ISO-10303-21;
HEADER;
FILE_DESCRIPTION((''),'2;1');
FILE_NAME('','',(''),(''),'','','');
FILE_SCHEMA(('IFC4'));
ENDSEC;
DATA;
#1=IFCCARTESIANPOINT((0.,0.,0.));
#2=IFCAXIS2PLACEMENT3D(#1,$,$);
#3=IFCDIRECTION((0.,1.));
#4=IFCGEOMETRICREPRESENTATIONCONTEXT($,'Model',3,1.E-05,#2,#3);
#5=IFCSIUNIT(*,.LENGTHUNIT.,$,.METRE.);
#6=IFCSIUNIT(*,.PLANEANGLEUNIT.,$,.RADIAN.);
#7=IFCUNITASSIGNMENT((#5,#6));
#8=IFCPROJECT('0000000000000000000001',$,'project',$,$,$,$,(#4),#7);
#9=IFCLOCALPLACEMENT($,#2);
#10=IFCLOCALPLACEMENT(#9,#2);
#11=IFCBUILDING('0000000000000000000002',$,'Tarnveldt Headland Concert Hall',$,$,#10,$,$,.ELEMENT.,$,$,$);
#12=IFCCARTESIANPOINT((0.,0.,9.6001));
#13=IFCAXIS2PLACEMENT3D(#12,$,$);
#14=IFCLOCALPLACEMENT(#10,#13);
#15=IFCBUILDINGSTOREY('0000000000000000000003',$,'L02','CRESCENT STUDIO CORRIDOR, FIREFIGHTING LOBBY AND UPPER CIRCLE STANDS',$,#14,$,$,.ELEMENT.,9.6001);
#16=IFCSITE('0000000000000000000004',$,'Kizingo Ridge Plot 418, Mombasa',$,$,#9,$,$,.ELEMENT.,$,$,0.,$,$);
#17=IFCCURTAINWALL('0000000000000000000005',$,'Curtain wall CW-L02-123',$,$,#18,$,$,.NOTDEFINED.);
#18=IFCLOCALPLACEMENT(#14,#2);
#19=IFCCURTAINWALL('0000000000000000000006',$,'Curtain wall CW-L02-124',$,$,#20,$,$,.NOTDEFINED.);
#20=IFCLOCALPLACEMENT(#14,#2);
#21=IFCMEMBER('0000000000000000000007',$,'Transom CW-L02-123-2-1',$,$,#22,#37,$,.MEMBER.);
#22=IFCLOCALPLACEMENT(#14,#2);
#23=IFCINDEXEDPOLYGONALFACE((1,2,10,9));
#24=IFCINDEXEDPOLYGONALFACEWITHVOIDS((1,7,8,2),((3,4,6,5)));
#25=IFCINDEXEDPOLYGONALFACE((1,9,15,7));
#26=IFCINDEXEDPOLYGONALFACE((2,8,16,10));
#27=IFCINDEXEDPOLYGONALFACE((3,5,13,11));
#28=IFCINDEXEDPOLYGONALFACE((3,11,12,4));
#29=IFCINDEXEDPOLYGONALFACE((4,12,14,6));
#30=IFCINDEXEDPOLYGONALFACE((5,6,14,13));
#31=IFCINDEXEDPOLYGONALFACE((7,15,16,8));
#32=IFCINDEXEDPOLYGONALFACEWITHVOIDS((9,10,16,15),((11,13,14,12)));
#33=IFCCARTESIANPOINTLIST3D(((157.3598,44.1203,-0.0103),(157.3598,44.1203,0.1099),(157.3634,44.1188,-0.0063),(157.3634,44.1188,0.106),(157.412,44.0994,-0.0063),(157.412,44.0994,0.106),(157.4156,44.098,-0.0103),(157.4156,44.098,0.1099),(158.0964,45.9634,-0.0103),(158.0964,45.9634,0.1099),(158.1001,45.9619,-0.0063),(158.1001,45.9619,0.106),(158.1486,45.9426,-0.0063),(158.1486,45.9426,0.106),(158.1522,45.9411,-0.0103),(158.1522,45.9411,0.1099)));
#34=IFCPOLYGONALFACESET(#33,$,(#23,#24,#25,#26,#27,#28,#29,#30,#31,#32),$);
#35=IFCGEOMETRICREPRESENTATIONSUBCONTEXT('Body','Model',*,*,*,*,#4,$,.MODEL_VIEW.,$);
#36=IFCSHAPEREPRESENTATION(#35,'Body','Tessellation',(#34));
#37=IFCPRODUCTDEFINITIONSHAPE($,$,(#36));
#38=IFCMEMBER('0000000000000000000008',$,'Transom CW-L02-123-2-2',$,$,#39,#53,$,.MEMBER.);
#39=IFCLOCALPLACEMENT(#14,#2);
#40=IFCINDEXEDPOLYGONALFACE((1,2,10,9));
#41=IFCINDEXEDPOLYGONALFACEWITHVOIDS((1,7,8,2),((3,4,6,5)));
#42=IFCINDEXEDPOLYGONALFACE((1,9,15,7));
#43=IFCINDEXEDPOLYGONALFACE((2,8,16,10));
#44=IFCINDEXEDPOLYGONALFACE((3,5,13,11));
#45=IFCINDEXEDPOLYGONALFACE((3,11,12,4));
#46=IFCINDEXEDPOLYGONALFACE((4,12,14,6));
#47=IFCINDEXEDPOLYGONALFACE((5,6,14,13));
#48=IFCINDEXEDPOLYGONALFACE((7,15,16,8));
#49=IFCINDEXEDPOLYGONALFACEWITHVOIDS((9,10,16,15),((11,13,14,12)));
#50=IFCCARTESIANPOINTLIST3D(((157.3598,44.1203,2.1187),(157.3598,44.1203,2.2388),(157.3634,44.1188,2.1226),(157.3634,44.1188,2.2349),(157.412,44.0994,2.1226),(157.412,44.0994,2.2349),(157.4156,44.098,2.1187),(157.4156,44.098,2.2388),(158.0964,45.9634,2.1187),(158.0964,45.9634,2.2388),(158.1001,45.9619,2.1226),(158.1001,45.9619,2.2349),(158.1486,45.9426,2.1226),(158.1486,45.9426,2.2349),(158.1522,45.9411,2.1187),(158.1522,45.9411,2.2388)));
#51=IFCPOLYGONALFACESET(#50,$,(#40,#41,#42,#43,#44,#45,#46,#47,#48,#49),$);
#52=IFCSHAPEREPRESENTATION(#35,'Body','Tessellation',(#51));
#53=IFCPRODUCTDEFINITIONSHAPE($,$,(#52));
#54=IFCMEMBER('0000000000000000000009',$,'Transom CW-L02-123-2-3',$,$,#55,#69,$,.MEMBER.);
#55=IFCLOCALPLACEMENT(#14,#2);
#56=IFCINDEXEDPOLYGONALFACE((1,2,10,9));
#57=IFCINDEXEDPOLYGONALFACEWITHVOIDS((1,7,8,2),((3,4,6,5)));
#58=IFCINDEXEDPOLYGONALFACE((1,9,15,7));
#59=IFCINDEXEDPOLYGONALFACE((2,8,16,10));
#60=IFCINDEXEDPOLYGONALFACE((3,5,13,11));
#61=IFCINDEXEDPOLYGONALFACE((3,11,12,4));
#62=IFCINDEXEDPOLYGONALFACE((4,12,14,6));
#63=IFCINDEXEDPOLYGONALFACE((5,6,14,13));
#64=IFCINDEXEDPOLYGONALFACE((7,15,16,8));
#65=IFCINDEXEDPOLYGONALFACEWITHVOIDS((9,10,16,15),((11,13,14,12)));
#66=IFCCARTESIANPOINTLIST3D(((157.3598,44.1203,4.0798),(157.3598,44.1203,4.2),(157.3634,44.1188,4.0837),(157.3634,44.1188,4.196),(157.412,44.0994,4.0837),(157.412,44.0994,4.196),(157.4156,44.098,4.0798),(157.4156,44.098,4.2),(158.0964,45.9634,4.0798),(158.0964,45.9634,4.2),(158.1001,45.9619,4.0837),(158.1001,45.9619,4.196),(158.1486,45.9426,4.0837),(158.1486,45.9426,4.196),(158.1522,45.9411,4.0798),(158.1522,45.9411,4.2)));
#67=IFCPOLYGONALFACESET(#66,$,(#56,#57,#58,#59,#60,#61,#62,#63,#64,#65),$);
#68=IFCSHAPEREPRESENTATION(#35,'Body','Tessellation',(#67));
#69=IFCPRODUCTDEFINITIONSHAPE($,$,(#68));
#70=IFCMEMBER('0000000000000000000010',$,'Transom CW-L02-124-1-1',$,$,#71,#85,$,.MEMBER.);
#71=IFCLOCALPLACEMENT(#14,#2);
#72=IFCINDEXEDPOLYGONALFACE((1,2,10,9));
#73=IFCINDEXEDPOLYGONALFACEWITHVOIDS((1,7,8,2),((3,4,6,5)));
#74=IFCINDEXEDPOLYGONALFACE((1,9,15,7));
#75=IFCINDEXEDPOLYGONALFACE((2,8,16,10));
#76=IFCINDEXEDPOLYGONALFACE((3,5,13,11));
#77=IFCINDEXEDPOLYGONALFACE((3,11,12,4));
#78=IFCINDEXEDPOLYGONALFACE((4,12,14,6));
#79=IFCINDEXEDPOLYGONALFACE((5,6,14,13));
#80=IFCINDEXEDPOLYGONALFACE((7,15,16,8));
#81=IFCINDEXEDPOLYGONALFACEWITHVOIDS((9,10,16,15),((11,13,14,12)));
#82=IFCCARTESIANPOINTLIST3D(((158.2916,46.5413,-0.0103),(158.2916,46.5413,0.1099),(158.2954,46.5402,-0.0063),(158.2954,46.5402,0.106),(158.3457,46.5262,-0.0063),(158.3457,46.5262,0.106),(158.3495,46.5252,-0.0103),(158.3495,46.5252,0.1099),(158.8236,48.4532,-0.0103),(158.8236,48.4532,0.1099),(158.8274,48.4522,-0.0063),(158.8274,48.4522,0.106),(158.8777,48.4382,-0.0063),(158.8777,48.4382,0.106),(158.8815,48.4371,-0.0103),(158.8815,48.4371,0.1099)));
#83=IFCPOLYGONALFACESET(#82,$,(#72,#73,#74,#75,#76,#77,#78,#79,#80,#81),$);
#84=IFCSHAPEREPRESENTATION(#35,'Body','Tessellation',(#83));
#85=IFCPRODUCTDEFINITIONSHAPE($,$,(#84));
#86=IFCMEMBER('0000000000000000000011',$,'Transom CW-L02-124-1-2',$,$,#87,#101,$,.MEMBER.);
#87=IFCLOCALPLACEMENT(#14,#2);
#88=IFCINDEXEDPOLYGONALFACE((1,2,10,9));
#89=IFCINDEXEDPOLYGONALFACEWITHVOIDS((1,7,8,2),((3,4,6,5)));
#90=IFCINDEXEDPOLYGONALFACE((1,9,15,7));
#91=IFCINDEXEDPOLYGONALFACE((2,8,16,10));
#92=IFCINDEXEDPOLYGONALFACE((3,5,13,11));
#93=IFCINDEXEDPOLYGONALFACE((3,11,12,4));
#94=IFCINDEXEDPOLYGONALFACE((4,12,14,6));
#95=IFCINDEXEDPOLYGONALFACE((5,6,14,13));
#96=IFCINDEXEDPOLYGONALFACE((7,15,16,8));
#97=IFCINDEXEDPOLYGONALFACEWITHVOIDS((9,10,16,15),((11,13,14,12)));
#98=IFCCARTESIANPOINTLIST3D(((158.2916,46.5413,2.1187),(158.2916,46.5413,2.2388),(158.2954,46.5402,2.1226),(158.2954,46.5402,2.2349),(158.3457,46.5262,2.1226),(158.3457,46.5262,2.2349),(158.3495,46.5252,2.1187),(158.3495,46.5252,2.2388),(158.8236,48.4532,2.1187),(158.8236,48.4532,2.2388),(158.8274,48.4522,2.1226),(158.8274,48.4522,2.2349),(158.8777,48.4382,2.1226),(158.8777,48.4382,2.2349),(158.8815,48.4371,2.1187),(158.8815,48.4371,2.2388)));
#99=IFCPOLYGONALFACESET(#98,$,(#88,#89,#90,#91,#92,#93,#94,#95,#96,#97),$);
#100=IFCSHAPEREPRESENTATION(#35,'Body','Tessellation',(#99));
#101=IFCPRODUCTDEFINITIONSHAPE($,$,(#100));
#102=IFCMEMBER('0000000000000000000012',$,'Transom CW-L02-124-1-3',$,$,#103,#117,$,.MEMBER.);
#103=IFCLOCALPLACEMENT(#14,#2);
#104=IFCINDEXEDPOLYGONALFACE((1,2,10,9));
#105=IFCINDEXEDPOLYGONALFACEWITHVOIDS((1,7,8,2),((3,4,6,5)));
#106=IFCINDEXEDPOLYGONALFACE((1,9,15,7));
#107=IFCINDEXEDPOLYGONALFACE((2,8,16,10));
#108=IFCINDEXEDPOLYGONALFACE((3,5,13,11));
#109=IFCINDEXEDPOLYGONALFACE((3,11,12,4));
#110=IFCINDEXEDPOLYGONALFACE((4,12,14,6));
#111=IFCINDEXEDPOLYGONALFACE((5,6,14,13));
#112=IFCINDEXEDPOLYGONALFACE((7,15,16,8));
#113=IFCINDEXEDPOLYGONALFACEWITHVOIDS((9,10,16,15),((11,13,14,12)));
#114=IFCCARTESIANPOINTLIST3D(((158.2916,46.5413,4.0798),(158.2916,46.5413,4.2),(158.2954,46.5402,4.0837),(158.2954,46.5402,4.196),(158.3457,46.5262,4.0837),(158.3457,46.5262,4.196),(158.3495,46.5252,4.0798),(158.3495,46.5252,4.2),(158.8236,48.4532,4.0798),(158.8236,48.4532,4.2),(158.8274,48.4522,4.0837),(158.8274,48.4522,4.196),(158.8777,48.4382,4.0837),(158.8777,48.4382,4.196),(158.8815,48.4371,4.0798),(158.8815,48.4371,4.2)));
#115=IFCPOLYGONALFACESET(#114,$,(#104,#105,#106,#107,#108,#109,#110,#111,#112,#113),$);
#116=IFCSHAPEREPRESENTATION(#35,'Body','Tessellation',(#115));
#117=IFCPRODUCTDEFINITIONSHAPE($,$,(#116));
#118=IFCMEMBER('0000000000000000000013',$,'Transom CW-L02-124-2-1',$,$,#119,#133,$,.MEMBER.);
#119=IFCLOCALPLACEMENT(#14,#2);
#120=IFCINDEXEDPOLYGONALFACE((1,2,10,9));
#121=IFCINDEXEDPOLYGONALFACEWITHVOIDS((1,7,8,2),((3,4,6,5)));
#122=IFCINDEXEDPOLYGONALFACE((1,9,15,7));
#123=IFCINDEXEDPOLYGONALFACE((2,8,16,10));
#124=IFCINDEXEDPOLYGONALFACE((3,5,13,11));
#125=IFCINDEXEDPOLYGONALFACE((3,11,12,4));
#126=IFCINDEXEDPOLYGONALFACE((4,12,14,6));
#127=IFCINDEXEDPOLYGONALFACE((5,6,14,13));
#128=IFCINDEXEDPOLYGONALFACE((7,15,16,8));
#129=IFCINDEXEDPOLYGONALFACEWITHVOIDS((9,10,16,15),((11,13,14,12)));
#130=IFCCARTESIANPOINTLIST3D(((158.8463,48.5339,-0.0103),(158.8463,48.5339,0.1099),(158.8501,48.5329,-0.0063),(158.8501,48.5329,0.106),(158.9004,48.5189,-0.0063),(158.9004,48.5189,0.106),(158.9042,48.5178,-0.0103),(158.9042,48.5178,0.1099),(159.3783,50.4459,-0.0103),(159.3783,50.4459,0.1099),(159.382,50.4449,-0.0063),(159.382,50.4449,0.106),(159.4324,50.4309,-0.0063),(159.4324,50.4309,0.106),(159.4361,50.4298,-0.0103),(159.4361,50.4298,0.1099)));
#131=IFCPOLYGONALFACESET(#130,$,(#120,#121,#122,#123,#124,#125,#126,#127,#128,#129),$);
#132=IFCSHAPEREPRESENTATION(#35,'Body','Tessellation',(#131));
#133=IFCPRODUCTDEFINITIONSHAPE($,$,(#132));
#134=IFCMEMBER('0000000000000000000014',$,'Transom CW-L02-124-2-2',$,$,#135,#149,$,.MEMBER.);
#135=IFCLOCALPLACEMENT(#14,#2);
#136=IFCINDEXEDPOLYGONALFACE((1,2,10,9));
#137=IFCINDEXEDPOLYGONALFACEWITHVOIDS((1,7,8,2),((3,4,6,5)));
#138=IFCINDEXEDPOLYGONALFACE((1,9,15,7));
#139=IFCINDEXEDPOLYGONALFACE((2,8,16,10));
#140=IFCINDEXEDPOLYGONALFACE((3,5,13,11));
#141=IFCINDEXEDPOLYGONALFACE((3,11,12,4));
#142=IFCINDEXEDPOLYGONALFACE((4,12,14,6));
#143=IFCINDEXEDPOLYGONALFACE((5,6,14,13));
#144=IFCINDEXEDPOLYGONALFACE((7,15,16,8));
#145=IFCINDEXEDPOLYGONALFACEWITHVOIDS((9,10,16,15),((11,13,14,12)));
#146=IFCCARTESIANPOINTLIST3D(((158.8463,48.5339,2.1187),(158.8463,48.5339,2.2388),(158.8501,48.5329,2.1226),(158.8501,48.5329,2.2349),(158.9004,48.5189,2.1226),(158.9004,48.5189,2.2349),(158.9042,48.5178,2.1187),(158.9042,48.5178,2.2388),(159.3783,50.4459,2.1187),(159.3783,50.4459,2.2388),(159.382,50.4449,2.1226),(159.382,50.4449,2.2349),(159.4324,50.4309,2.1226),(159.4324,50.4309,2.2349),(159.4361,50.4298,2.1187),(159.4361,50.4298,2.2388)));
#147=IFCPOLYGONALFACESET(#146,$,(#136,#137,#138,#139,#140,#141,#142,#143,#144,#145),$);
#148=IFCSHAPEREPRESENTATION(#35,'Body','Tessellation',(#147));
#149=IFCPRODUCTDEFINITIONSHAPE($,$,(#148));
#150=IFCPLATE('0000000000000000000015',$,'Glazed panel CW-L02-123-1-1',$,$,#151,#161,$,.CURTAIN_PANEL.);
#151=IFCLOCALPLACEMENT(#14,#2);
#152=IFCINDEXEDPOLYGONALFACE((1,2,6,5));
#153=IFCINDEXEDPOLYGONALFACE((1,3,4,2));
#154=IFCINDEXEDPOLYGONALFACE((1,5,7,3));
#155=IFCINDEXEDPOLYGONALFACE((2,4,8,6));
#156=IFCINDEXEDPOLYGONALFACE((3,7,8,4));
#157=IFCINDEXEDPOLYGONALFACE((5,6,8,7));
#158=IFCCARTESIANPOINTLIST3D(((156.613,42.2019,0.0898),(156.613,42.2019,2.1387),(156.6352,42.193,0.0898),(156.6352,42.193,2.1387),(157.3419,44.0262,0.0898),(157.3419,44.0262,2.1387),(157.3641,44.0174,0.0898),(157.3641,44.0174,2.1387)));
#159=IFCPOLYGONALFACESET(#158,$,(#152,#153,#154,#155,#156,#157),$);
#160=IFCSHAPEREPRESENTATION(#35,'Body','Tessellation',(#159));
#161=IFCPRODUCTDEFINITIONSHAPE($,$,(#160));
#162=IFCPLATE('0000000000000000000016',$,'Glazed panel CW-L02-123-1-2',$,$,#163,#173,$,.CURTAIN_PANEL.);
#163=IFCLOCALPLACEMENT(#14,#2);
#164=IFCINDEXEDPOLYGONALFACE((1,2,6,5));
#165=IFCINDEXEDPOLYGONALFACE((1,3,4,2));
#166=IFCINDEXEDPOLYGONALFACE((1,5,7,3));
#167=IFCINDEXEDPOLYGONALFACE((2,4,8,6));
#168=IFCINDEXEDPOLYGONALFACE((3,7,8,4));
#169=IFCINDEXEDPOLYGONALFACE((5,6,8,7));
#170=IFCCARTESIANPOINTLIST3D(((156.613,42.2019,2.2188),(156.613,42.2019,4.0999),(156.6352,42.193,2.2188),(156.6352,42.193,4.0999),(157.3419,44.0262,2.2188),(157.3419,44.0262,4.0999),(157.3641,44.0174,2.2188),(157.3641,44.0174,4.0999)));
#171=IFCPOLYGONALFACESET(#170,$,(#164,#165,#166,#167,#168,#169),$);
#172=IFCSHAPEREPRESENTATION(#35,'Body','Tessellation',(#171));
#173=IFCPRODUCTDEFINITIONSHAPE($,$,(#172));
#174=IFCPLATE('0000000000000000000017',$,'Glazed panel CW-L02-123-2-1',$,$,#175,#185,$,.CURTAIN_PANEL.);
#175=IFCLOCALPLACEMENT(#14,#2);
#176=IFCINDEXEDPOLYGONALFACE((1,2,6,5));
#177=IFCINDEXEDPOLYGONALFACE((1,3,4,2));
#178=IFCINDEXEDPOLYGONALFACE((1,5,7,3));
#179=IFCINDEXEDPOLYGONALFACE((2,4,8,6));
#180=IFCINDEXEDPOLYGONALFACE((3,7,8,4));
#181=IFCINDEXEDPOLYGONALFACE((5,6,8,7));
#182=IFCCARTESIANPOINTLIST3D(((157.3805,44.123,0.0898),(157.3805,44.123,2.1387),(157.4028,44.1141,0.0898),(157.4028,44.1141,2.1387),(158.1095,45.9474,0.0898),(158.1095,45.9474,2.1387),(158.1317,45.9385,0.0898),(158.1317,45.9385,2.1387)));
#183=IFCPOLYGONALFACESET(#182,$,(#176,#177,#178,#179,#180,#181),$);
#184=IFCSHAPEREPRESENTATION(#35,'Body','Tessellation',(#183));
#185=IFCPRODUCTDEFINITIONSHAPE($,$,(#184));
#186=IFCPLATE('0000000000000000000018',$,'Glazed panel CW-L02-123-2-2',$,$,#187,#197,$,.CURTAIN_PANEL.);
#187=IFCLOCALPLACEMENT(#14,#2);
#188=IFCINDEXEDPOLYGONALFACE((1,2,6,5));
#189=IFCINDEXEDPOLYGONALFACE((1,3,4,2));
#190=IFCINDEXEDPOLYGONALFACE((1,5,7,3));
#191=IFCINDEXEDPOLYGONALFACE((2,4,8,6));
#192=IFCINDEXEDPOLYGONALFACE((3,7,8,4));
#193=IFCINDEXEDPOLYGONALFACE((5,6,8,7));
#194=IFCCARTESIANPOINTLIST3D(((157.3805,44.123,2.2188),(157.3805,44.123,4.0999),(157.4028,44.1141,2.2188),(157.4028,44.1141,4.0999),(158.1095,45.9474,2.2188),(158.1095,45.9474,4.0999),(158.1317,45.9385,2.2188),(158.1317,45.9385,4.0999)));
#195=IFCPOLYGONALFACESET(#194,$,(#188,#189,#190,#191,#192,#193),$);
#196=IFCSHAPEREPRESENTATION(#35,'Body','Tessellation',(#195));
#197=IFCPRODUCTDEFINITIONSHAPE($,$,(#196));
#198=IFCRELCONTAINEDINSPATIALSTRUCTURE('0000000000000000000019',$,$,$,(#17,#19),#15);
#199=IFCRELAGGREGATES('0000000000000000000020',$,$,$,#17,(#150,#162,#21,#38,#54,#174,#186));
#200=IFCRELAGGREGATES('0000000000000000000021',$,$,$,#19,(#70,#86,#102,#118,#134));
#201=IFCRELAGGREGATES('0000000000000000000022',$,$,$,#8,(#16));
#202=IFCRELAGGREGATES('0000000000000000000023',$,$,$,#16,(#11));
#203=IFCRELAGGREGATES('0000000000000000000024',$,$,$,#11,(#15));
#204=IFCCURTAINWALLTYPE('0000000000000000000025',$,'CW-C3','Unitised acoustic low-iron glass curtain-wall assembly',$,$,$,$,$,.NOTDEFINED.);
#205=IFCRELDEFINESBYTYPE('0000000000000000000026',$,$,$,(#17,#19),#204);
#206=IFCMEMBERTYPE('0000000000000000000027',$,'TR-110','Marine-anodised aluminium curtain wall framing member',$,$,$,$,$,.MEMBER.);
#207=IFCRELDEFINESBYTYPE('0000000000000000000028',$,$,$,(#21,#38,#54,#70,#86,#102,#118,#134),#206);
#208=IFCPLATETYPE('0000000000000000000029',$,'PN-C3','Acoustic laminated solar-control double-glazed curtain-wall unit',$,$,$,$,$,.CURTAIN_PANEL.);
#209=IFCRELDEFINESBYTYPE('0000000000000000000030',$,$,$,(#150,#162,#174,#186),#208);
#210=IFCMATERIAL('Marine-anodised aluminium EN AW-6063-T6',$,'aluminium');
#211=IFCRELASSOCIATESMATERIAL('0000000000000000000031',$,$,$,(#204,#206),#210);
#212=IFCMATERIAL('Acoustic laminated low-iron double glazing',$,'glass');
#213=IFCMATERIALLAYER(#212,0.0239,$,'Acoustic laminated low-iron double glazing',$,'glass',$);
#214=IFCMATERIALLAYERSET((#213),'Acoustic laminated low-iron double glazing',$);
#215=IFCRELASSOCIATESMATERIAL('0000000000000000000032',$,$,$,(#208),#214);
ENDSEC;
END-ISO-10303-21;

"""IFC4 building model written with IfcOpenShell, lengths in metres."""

from ifc_helpers import new_model, si_unit, direction, frame, origin, origin_2d, place, context, subcontext, project, spatial, rectangle, hollow_rectangle, extrude, material, layer, layer_set, material_profile, profile_set, type_object, element, aggregate, save


model = new_model("IFC4")

# Units and contexts
model_context = context("Model", 3, precision=1e-05, world=origin(), true_north=direction((0.0, 1.0)))
body_context = subcontext(model_context, "Body", "Model", "MODEL_VIEW")
ifc_project = project(units=[si_unit("LENGTHUNIT", "METRE"), si_unit("PLANEANGLEUNIT", "RADIAN")], contexts=[model_context])

# Site, building, storey
site_placement = place(None, origin())
site = spatial("IfcSite", under=ifc_project, at=site_placement, Name="Kizingo Ridge Plot 418, Mombasa", CompositionType="ELEMENT", RefElevation=0.0)
building_placement = place(site_placement, origin())
building = spatial("IfcBuilding", under=site, at=building_placement, Name="Tarnveldt Headland Concert Hall", CompositionType="ELEMENT")
storey_placement = place(building_placement, frame((0.0, 0.0, 9.6001)))
storey = spatial("IfcBuildingStorey", under=building, at=storey_placement, Name="L02", Description="CRESCENT STUDIO CORRIDOR, FIREFIGHTING LOBBY AND UPPER CIRCLE STANDS", CompositionType="ELEMENT", Elevation=9.6001)

# Curtain walls
ifc_material_1 = material(Name="Marine-anodised aluminium EN AW-6063-T6", Category="aluminium")
curtain_wall_type = type_object("IfcCurtainWallType", Name="CW-C3", Description="Unitised acoustic low-iron glass curtain-wall assembly", PredefinedType="NOTDEFINED", material=ifc_material_1)
curtain_wall_1_placement = place(storey_placement, origin())
curtain_wall_1 = element("IfcCurtainWall", 1, at=curtain_wall_1_placement, inside=storey, type_object=curtain_wall_type, Name="Curtain wall CW-L02-123", PredefinedType="NOTDEFINED")
curtain_wall_2_placement = place(storey_placement, origin())
curtain_wall_2 = element("IfcCurtainWall", 2, at=curtain_wall_2_placement, inside=storey, type_object=curtain_wall_type, Name="Curtain wall CW-L02-124", PredefinedType="NOTDEFINED")

# Members
ifc_material_profile_1 = material_profile(ifc_material_1, hollow_rectangle(XDim=0.0601, YDim=0.1201, WallThickness=0.0039, at=origin_2d()), Name="ALU TRANSOM 60x120x4", Category="aluminium")
ifc_profile_set_1 = profile_set([ifc_material_profile_1], Name="Marine-anodised aluminium EN AW-6063-T6")
member_type_1 = type_object("IfcMemberType", Name="TR-110", Description="Marine-anodised aluminium curtain wall framing member", PredefinedType="MEMBER", material=ifc_profile_set_1)
member_1_placement = place(storey_placement, frame((157.3877, 44.1091, 0.0498), z_axis=(0.371115, 0.928587, 0.0), x_axis=(-0.928587, 0.371115, 0.0)))
member_1 = element("IfcMember", 3, at=member_1_placement, type_object=member_type_1, Name="Transom CW-L02-123-2-1", PredefinedType="MEMBER", context=body_context, shape_type="SweptSolid", body=[
    extrude(hollow_rectangle(XDim=0.0601, YDim=0.1201, WallThickness=0.0039, at=origin_2d()), origin(), (0.0, 0.0, 1.0), 1.9849),
])
member_2_placement = place(storey_placement, frame((157.3877, 44.1091, 2.1787), z_axis=(0.371115, 0.928587, 0.0), x_axis=(-0.928587, 0.371115, 0.0)))
member_2 = element("IfcMember", 4, at=member_2_placement, type_object=member_type_1, Name="Transom CW-L02-123-2-2", PredefinedType="MEMBER", context=body_context, shape_type="SweptSolid", body=[
    extrude(hollow_rectangle(XDim=0.0601, YDim=0.1201, WallThickness=0.0039, at=origin_2d()), origin(), (0.0, 0.0, 1.0), 1.9849),
])
member_3_placement = place(storey_placement, frame((157.3877, 44.1091, 4.1399), z_axis=(0.371115, 0.928587, 0.0), x_axis=(-0.928587, 0.371115, 0.0)))
member_3 = element("IfcMember", 5, at=member_3_placement, type_object=member_type_1, Name="Transom CW-L02-123-2-3", PredefinedType="MEMBER", context=body_context, shape_type="SweptSolid", body=[
    extrude(hollow_rectangle(XDim=0.0601, YDim=0.1201, WallThickness=0.0039, at=origin_2d()), origin(), (0.0, 0.0, 1.0), 1.9849),
])
member_4_placement = place(storey_placement, frame((158.3206, 46.5332, 0.0498), z_axis=(0.268069, 0.9634, 0.0), x_axis=(-0.9634, 0.268069, 0.0)))
member_4 = element("IfcMember", 6, at=member_4_placement, type_object=member_type_1, Name="Transom CW-L02-124-1-1", PredefinedType="MEMBER", context=body_context, shape_type="SweptSolid", body=[
    extrude(hollow_rectangle(XDim=0.0601, YDim=0.1201, WallThickness=0.0039, at=origin_2d()), origin(), (0.0, 0.0, 1.0), 1.9846),
])
member_5_placement = place(storey_placement, frame((158.3206, 46.5332, 2.1787), z_axis=(0.268069, 0.9634, 0.0), x_axis=(-0.9634, 0.268069, 0.0)))
member_5 = element("IfcMember", 7, at=member_5_placement, type_object=member_type_1, Name="Transom CW-L02-124-1-2", PredefinedType="MEMBER", context=body_context, shape_type="SweptSolid", body=[
    extrude(hollow_rectangle(XDim=0.0601, YDim=0.1201, WallThickness=0.0039, at=origin_2d()), origin(), (0.0, 0.0, 1.0), 1.9846),
])
member_6_placement = place(storey_placement, frame((158.3206, 46.5332, 4.1399), z_axis=(0.268069, 0.9634, 0.0), x_axis=(-0.9634, 0.268069, 0.0)))
member_6 = element("IfcMember", 8, at=member_6_placement, type_object=member_type_1, Name="Transom CW-L02-124-1-3", PredefinedType="MEMBER", context=body_context, shape_type="SweptSolid", body=[
    extrude(hollow_rectangle(XDim=0.0601, YDim=0.1201, WallThickness=0.0039, at=origin_2d()), origin(), (0.0, 0.0, 1.0), 1.9846),
])
member_7_placement = place(storey_placement, frame((158.8752, 48.5259, 0.0498), z_axis=(0.268037, 0.963409, 0.0), x_axis=(-0.963409, 0.268037, 0.0)))
member_7 = element("IfcMember", 9, at=member_7_placement, type_object=member_type_1, Name="Transom CW-L02-124-2-1", PredefinedType="MEMBER", context=body_context, shape_type="SweptSolid", body=[
    extrude(hollow_rectangle(XDim=0.0601, YDim=0.1201, WallThickness=0.0039, at=origin_2d()), origin(), (0.0, 0.0, 1.0), 1.9846),
])
member_8_placement = place(storey_placement, frame((158.8752, 48.5259, 2.1787), z_axis=(0.268037, 0.963409, 0.0), x_axis=(-0.963409, 0.268037, 0.0)))
member_8 = element("IfcMember", 10, at=member_8_placement, type_object=member_type_1, Name="Transom CW-L02-124-2-2", PredefinedType="MEMBER", context=body_context, shape_type="SweptSolid", body=[
    extrude(hollow_rectangle(XDim=0.0601, YDim=0.1201, WallThickness=0.0039, at=origin_2d()), origin(), (0.0, 0.0, 1.0), 1.9846),
])

# Plates
ifc_material_2 = material(Name="Acoustic laminated low-iron double glazing", Category="glass")
ifc_layer_1 = layer(ifc_material_2, 0.0239, Name="Acoustic laminated low-iron double glazing", Category="glass")
ifc_layer_set_1 = layer_set([ifc_layer_1], Name="Acoustic laminated low-iron double glazing")
plate_type = type_object("IfcPlateType", Name="PN-C3", Description="Acoustic laminated solar-control double-glazed curtain-wall unit", PredefinedType="CURTAIN_PANEL", material=ifc_layer_set_1)
plate_1_placement = place(storey_placement, frame((156.9885, 43.1096, 0.0898), z_axis=(0.0, 0.0, 1.0), x_axis=(0.371028, 0.928622, 0.0)))
plate_1 = element("IfcPlate", 11, at=plate_1_placement, type_object=plate_type, Name="Glazed panel CW-L02-123-1-1", PredefinedType="CURTAIN_PANEL", context=body_context, shape_type="SweptSolid", body=[
    extrude(rectangle(XDim=1.9646, YDim=0.0239, at=origin_2d()), origin(), (0.0, 0.0, 1.0), 2.0488),
])
plate_2_placement = place(storey_placement, frame((156.9885, 43.1096, 2.2188), z_axis=(0.0, 0.0, 1.0), x_axis=(0.371028, 0.928622, 0.0)))
plate_2 = element("IfcPlate", 12, at=plate_2_placement, type_object=plate_type, Name="Glazed panel CW-L02-123-1-2", PredefinedType="CURTAIN_PANEL", context=body_context, shape_type="SweptSolid", body=[
    extrude(rectangle(XDim=1.9646, YDim=0.0239, at=origin_2d()), origin(), (0.0, 0.0, 1.0), 1.8811),
])
plate_3_placement = place(storey_placement, frame((157.7561, 45.0308, 0.0898), z_axis=(0.0, 0.0, 1.0), x_axis=(0.371028, 0.928622, 0.0)))
plate_3 = element("IfcPlate", 13, at=plate_3_placement, type_object=plate_type, Name="Glazed panel CW-L02-123-2-1", PredefinedType="CURTAIN_PANEL", context=body_context, shape_type="SweptSolid", body=[
    extrude(rectangle(XDim=1.9646, YDim=0.0239, at=origin_2d()), origin(), (0.0, 0.0, 1.0), 2.0488),
])
plate_4_placement = place(storey_placement, frame((157.7561, 45.0308, 2.2188), z_axis=(0.0, 0.0, 1.0), x_axis=(0.371028, 0.928622, 0.0)))
plate_4 = element("IfcPlate", 14, at=plate_4_placement, type_object=plate_type, Name="Glazed panel CW-L02-123-2-2", PredefinedType="CURTAIN_PANEL", context=body_context, shape_type="SweptSolid", body=[
    extrude(rectangle(XDim=1.9646, YDim=0.0239, at=origin_2d()), origin(), (0.0, 0.0, 1.0), 1.8811),
])
aggregate(curtain_wall_1, [plate_1, plate_2, member_1, member_2, member_3, plate_3, plate_4])
aggregate(curtain_wall_2, [member_4, member_5, member_6, member_7, member_8])

save(model, "model.ifc")
